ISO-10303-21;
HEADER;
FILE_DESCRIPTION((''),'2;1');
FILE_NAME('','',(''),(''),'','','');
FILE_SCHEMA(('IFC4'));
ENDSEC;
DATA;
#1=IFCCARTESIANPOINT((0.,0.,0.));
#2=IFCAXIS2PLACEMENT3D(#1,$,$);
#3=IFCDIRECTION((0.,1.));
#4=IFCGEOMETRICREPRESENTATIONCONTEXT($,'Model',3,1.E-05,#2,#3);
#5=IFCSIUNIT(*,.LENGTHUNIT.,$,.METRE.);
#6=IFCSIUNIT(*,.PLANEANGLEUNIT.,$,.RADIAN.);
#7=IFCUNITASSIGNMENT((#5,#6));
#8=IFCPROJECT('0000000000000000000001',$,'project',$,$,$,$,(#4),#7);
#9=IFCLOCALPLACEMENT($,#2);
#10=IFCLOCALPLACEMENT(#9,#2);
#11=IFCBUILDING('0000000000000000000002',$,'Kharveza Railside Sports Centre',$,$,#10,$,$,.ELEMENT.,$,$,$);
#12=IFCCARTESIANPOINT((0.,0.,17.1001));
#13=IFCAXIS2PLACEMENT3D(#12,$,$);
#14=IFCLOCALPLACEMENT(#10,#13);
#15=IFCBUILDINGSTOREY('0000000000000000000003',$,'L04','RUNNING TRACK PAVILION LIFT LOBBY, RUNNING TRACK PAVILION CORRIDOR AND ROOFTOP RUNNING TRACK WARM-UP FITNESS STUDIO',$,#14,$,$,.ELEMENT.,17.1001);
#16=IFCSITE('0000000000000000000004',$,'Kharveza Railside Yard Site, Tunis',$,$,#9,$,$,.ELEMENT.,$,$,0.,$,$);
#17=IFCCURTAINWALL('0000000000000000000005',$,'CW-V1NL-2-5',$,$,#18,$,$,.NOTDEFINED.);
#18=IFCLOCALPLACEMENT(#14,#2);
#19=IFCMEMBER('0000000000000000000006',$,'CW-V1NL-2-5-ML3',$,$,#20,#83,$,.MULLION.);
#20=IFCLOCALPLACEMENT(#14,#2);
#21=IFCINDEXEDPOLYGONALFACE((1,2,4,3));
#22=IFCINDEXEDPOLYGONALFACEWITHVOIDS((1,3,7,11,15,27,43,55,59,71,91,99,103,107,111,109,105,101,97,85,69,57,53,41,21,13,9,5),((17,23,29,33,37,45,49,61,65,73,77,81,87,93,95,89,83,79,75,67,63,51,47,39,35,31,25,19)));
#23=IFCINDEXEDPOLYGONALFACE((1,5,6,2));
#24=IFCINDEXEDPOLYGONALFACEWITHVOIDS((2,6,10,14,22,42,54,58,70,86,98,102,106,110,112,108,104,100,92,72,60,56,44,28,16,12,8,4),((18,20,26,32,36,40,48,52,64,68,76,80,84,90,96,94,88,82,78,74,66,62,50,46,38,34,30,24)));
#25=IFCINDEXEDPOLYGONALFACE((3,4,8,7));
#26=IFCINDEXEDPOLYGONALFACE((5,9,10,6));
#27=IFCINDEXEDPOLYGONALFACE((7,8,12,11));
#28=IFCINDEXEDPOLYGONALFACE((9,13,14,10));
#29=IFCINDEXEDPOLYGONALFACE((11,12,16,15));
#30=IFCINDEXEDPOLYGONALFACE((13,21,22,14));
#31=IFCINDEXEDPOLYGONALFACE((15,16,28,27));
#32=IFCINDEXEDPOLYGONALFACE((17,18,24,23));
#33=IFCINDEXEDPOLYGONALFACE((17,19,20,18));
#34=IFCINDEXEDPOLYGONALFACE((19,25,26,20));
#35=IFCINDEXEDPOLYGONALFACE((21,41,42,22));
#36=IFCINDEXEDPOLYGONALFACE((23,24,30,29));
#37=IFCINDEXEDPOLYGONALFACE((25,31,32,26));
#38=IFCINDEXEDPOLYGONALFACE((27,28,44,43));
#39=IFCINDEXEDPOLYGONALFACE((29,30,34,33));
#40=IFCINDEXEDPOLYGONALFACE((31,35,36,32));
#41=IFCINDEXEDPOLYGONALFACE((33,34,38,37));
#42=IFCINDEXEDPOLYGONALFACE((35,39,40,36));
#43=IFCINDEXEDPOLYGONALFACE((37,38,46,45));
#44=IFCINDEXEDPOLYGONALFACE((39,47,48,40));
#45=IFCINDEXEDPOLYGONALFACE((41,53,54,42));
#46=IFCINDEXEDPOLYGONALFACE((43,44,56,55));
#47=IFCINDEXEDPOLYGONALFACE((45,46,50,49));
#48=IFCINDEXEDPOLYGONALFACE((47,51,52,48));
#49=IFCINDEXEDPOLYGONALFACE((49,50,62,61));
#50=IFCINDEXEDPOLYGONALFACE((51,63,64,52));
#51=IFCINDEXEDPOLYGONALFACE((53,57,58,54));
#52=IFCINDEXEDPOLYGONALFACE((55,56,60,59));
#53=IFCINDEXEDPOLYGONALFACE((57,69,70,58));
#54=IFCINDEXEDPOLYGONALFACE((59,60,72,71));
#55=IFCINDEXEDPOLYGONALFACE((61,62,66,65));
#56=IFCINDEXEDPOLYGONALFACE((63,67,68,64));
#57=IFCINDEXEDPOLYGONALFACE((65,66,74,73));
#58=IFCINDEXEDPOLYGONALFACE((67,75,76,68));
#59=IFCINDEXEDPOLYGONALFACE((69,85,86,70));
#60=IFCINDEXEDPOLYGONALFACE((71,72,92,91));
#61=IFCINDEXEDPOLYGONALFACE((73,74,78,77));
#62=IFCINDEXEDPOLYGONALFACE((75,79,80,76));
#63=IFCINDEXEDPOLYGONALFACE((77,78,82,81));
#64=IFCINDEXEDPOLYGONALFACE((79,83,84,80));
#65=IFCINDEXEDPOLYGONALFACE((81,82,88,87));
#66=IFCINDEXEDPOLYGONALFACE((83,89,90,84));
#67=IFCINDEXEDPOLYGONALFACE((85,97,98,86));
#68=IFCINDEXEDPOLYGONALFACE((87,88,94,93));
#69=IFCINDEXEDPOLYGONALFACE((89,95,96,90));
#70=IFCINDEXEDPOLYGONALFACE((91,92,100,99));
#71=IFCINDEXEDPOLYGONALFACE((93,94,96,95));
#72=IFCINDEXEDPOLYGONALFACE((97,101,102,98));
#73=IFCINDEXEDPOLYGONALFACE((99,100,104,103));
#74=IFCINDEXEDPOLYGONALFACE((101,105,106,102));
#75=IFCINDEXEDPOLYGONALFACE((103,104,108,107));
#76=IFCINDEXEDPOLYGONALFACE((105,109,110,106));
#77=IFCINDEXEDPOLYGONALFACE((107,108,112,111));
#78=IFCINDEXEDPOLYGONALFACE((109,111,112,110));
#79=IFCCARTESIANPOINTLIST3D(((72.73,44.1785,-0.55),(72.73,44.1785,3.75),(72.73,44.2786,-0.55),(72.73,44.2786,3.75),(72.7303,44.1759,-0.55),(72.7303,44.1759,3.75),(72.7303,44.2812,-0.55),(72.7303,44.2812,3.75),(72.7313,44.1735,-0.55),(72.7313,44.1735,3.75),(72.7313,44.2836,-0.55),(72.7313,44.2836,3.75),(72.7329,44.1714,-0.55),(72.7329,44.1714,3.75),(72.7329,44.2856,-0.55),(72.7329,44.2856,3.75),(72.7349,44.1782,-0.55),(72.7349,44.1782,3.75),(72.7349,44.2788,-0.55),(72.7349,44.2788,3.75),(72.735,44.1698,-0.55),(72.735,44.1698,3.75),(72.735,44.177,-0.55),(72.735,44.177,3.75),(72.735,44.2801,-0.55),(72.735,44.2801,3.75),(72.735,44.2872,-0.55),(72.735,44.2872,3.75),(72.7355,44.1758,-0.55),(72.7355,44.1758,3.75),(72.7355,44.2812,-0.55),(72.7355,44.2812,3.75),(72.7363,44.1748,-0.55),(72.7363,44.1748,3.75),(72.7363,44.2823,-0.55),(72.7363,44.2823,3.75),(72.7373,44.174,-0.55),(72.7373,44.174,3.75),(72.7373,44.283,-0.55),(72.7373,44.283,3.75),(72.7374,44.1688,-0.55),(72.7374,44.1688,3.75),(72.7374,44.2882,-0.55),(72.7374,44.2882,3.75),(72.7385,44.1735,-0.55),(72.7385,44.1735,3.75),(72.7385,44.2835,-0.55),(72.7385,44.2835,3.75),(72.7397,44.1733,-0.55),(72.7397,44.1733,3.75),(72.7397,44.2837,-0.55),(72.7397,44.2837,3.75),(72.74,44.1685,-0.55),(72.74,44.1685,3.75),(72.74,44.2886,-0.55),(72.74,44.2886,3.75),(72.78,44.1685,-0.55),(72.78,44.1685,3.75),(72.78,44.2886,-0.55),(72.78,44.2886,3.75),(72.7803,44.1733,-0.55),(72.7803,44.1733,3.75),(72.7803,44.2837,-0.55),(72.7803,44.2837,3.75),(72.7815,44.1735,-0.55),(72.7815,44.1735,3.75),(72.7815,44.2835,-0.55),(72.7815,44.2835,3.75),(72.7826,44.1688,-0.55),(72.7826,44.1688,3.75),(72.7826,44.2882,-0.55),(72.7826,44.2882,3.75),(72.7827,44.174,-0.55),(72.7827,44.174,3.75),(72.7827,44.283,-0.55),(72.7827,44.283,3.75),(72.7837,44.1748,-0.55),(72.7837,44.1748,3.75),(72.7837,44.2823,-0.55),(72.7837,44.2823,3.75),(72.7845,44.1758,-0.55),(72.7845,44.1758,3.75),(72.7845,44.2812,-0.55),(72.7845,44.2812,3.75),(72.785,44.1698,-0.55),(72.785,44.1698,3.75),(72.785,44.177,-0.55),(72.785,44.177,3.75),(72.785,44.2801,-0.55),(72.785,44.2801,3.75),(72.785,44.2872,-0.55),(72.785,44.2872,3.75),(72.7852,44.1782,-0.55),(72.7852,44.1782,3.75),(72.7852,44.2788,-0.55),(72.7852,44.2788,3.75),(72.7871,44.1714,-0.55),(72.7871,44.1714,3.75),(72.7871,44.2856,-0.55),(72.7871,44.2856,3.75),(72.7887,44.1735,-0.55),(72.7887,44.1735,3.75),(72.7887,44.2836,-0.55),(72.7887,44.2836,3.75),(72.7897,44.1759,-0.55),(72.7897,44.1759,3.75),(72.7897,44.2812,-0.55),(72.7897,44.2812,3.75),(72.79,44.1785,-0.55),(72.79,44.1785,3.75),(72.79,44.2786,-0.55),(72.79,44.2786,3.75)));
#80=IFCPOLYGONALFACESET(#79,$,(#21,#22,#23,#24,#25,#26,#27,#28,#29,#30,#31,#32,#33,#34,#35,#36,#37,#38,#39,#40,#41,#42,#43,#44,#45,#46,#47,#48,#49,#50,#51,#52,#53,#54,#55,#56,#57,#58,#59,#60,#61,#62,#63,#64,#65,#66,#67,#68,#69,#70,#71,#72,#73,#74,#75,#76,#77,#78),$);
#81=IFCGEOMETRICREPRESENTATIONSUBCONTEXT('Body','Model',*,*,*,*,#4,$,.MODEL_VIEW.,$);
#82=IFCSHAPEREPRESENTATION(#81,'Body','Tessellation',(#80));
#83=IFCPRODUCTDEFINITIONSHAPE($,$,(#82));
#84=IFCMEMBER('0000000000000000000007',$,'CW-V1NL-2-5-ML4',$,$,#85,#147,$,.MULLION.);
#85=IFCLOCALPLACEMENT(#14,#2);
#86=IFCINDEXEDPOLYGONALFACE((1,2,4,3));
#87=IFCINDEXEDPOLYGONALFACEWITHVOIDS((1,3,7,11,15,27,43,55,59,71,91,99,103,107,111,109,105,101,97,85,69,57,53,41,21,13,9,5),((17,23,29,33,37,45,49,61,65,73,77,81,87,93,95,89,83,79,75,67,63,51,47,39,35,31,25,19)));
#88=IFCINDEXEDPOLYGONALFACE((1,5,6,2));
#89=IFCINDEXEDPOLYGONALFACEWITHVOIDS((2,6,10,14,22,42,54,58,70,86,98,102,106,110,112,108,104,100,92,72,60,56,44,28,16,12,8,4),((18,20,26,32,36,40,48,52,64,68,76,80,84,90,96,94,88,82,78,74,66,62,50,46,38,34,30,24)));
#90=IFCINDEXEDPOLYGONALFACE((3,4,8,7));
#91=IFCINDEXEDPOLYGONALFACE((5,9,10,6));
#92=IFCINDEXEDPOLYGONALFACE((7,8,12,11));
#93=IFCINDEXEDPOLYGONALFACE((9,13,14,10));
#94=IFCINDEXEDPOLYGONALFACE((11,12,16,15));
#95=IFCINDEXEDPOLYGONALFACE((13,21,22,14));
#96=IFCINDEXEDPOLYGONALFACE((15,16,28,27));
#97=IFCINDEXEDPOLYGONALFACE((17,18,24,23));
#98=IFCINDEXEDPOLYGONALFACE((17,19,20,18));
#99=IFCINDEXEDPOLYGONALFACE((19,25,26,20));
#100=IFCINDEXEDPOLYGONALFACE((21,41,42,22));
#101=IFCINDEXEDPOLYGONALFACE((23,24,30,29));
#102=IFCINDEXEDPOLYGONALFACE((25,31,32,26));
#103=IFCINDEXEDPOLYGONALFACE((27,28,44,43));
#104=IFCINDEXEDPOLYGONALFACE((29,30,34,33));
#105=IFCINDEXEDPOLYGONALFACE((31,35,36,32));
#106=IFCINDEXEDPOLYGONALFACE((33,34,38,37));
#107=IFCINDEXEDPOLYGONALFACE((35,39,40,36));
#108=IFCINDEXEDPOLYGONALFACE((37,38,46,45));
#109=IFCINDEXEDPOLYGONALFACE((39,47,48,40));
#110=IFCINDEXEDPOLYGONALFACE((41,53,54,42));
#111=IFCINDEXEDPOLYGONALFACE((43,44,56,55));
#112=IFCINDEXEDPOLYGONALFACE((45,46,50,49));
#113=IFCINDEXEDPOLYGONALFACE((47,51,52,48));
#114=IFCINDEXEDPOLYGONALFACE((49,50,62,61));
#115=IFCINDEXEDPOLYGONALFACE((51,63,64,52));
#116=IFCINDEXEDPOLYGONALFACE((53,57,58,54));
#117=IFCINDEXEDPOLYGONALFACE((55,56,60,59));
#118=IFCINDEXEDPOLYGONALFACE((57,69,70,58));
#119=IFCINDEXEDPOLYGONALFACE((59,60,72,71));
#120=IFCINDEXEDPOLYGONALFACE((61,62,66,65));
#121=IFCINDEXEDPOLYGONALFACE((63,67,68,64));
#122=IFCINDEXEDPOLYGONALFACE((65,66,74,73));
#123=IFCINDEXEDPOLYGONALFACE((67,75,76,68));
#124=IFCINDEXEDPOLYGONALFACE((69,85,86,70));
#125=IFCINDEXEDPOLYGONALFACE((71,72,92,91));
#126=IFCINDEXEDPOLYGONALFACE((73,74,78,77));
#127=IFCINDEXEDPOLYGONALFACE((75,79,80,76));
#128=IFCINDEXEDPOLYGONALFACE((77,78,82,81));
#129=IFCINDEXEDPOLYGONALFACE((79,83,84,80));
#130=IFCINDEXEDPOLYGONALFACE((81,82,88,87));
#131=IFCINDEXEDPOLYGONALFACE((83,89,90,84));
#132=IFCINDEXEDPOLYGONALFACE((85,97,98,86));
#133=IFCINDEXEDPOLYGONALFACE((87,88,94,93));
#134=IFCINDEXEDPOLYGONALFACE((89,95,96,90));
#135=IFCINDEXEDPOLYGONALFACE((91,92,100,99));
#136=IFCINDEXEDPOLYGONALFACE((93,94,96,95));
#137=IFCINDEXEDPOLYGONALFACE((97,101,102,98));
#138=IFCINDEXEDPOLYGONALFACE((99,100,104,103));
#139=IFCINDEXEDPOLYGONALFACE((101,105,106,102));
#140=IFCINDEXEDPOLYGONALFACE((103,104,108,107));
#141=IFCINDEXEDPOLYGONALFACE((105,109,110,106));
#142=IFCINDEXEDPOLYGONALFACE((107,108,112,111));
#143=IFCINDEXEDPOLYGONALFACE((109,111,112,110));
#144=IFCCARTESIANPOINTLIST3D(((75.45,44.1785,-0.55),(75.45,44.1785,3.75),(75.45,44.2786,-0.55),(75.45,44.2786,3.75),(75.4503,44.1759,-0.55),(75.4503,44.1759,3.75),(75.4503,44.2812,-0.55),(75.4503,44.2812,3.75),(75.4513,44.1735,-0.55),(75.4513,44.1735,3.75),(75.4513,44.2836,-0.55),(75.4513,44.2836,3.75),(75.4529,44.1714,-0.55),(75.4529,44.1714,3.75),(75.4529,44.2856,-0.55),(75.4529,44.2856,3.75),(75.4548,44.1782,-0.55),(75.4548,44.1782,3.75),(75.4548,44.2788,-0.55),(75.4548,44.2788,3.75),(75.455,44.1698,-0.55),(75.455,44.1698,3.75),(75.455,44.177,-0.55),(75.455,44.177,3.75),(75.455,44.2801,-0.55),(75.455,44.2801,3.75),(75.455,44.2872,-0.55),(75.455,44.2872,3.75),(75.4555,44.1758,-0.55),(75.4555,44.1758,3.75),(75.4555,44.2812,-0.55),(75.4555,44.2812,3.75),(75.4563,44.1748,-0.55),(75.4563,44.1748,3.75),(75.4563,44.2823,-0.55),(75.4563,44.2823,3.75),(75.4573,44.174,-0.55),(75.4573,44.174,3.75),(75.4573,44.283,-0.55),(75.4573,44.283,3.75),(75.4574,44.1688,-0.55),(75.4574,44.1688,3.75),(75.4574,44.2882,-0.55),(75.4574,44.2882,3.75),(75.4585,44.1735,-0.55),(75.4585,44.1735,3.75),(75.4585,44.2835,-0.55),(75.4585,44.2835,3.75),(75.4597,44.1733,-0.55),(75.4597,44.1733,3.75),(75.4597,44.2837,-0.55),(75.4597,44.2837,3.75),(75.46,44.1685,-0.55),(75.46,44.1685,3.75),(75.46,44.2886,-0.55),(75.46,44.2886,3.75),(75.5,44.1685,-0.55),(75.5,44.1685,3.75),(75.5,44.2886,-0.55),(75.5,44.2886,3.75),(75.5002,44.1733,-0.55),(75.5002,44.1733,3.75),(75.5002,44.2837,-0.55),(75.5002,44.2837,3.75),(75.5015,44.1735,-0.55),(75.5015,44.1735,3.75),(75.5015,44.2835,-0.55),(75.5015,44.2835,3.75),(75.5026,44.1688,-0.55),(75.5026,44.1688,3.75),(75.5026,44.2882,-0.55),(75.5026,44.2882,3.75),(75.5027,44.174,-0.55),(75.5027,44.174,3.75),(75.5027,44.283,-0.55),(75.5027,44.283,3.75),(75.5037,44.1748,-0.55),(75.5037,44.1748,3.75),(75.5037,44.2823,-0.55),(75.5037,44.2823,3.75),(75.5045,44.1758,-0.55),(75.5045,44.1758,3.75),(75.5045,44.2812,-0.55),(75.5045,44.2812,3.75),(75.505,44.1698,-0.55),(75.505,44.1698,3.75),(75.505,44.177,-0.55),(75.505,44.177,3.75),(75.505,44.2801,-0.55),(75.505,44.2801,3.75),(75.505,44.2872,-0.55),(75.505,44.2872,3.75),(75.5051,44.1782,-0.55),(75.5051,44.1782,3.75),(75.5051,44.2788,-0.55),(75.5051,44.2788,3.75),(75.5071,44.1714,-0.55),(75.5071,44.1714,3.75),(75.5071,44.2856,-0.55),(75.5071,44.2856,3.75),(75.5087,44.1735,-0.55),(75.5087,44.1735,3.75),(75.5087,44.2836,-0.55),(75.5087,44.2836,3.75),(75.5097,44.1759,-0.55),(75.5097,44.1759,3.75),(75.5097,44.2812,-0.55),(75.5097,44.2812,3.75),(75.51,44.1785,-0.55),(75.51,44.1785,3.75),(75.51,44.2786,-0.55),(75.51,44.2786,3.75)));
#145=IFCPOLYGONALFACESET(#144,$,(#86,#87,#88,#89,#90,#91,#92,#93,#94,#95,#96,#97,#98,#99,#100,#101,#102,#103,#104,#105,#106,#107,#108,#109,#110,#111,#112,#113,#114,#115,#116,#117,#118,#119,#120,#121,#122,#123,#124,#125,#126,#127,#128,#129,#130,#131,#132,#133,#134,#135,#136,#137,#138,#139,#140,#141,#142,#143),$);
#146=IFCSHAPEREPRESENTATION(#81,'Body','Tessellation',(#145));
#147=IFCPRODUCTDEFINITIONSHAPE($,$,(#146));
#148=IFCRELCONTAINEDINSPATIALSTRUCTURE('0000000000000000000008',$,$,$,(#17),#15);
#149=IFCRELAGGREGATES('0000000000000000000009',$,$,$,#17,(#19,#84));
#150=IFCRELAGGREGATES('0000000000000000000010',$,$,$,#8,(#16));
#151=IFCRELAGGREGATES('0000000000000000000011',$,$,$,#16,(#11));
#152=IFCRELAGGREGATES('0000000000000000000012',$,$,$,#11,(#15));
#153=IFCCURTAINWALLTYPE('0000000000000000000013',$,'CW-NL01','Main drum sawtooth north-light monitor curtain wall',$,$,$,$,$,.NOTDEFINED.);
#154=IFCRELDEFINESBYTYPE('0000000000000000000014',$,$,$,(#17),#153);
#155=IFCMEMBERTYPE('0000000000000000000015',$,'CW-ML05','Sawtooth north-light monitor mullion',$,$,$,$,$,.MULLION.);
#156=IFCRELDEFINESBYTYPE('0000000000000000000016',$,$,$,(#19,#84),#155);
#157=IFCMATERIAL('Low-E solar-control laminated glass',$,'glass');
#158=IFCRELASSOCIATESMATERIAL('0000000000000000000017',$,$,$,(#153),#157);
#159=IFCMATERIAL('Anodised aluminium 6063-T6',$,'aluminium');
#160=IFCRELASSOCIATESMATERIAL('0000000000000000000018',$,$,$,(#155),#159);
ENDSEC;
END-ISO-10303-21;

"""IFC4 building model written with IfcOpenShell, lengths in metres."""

from ifc_helpers import new_model, si_unit, direction, frame, origin, origin_2d, place, context, subcontext, project, spatial, hollow_rectangle, extrude, material, material_profile, profile_set, type_object, element, aggregate, save


model = new_model("IFC4")

# Units and contexts
model_context = context("Model", 3, precision=1e-05, world=origin(), true_north=direction((0.0, 1.0)))
body_context = subcontext(model_context, "Body", "Model", "MODEL_VIEW")
ifc_project = project(units=[si_unit("LENGTHUNIT", "METRE"), si_unit("PLANEANGLEUNIT", "RADIAN")], contexts=[model_context])

# Site, building, storey
site_placement = place(None, origin())
site = spatial("IfcSite", under=ifc_project, at=site_placement, Name="Kharveza Railside Yard Site, Tunis", CompositionType="ELEMENT", RefElevation=0.0)
building_placement = place(site_placement, origin())
building = spatial("IfcBuilding", under=site, at=building_placement, Name="Kharveza Railside Sports Centre", CompositionType="ELEMENT")
storey_placement = place(building_placement, frame((0.0, 0.0, 17.1001)))
storey = spatial("IfcBuildingStorey", under=building, at=storey_placement, Name="L04", Description="RUNNING TRACK PAVILION LIFT LOBBY, RUNNING TRACK PAVILION CORRIDOR AND ROOFTOP RUNNING TRACK WARM-UP FITNESS STUDIO", CompositionType="ELEMENT", Elevation=17.1001)

# Curtain wall, members
ifc_material_1 = material(Name="Low-E solar-control laminated glass", Category="glass")
curtain_wall_type = type_object("IfcCurtainWallType", Name="CW-NL01", Description="Main drum sawtooth north-light monitor curtain wall", PredefinedType="NOTDEFINED", material=ifc_material_1)
ifc_material_2 = material(Name="Anodised aluminium 6063-T6", Category="aluminium")
ifc_material_profile_1 = material_profile(ifc_material_2, hollow_rectangle(XDim=0.0601, YDim=0.1201, WallThickness=0.0049, InnerFilletRadius=0.0049, OuterFilletRadius=0.01, at=origin_2d()), Name="RHS 60x120x5.0")
ifc_profile_set_1 = profile_set([ifc_material_profile_1], Name="Anodised aluminium 6063-T6")
member_type_1 = type_object("IfcMemberType", Name="CW-ML05", Description="Sawtooth north-light monitor mullion", PredefinedType="MULLION", material=ifc_profile_set_1)
curtain_wall_1_placement = place(storey_placement, origin())
curtain_wall_1 = element("IfcCurtainWall", 1, at=curtain_wall_1_placement, inside=storey, type_object=curtain_wall_type, Name="CW-V1NL-2-5", PredefinedType="NOTDEFINED")
member_1_placement = place(storey_placement, frame((72.76, 44.2285, -0.55), z_axis=(0.0, 0.0, 1.0), x_axis=(1.0, 0.0, 0.0)))
member_1 = element("IfcMember", 2, at=member_1_placement, type_object=member_type_1, Name="CW-V1NL-2-5-ML3", PredefinedType="MULLION", context=body_context, shape_type="SweptSolid", body=[
    extrude(hollow_rectangle(XDim=0.0601, YDim=0.1201, WallThickness=0.0049, InnerFilletRadius=0.0049, OuterFilletRadius=0.01, at=origin_2d()), origin(), (0.0, 0.0, 1.0), 4.3),
])
member_2_placement = place(storey_placement, frame((75.48, 44.2285, -0.55), z_axis=(0.0, 0.0, 1.0), x_axis=(1.0, 0.0, 0.0)))
member_2 = element("IfcMember", 3, at=member_2_placement, type_object=member_type_1, Name="CW-V1NL-2-5-ML4", PredefinedType="MULLION", context=body_context, shape_type="SweptSolid", body=[
    extrude(hollow_rectangle(XDim=0.0601, YDim=0.1201, WallThickness=0.0049, InnerFilletRadius=0.0049, OuterFilletRadius=0.01, at=origin_2d()), origin(), (0.0, 0.0, 1.0), 4.3),
])

aggregate(curtain_wall_1, [member_1, member_2])

save(model, "model.ifc")
